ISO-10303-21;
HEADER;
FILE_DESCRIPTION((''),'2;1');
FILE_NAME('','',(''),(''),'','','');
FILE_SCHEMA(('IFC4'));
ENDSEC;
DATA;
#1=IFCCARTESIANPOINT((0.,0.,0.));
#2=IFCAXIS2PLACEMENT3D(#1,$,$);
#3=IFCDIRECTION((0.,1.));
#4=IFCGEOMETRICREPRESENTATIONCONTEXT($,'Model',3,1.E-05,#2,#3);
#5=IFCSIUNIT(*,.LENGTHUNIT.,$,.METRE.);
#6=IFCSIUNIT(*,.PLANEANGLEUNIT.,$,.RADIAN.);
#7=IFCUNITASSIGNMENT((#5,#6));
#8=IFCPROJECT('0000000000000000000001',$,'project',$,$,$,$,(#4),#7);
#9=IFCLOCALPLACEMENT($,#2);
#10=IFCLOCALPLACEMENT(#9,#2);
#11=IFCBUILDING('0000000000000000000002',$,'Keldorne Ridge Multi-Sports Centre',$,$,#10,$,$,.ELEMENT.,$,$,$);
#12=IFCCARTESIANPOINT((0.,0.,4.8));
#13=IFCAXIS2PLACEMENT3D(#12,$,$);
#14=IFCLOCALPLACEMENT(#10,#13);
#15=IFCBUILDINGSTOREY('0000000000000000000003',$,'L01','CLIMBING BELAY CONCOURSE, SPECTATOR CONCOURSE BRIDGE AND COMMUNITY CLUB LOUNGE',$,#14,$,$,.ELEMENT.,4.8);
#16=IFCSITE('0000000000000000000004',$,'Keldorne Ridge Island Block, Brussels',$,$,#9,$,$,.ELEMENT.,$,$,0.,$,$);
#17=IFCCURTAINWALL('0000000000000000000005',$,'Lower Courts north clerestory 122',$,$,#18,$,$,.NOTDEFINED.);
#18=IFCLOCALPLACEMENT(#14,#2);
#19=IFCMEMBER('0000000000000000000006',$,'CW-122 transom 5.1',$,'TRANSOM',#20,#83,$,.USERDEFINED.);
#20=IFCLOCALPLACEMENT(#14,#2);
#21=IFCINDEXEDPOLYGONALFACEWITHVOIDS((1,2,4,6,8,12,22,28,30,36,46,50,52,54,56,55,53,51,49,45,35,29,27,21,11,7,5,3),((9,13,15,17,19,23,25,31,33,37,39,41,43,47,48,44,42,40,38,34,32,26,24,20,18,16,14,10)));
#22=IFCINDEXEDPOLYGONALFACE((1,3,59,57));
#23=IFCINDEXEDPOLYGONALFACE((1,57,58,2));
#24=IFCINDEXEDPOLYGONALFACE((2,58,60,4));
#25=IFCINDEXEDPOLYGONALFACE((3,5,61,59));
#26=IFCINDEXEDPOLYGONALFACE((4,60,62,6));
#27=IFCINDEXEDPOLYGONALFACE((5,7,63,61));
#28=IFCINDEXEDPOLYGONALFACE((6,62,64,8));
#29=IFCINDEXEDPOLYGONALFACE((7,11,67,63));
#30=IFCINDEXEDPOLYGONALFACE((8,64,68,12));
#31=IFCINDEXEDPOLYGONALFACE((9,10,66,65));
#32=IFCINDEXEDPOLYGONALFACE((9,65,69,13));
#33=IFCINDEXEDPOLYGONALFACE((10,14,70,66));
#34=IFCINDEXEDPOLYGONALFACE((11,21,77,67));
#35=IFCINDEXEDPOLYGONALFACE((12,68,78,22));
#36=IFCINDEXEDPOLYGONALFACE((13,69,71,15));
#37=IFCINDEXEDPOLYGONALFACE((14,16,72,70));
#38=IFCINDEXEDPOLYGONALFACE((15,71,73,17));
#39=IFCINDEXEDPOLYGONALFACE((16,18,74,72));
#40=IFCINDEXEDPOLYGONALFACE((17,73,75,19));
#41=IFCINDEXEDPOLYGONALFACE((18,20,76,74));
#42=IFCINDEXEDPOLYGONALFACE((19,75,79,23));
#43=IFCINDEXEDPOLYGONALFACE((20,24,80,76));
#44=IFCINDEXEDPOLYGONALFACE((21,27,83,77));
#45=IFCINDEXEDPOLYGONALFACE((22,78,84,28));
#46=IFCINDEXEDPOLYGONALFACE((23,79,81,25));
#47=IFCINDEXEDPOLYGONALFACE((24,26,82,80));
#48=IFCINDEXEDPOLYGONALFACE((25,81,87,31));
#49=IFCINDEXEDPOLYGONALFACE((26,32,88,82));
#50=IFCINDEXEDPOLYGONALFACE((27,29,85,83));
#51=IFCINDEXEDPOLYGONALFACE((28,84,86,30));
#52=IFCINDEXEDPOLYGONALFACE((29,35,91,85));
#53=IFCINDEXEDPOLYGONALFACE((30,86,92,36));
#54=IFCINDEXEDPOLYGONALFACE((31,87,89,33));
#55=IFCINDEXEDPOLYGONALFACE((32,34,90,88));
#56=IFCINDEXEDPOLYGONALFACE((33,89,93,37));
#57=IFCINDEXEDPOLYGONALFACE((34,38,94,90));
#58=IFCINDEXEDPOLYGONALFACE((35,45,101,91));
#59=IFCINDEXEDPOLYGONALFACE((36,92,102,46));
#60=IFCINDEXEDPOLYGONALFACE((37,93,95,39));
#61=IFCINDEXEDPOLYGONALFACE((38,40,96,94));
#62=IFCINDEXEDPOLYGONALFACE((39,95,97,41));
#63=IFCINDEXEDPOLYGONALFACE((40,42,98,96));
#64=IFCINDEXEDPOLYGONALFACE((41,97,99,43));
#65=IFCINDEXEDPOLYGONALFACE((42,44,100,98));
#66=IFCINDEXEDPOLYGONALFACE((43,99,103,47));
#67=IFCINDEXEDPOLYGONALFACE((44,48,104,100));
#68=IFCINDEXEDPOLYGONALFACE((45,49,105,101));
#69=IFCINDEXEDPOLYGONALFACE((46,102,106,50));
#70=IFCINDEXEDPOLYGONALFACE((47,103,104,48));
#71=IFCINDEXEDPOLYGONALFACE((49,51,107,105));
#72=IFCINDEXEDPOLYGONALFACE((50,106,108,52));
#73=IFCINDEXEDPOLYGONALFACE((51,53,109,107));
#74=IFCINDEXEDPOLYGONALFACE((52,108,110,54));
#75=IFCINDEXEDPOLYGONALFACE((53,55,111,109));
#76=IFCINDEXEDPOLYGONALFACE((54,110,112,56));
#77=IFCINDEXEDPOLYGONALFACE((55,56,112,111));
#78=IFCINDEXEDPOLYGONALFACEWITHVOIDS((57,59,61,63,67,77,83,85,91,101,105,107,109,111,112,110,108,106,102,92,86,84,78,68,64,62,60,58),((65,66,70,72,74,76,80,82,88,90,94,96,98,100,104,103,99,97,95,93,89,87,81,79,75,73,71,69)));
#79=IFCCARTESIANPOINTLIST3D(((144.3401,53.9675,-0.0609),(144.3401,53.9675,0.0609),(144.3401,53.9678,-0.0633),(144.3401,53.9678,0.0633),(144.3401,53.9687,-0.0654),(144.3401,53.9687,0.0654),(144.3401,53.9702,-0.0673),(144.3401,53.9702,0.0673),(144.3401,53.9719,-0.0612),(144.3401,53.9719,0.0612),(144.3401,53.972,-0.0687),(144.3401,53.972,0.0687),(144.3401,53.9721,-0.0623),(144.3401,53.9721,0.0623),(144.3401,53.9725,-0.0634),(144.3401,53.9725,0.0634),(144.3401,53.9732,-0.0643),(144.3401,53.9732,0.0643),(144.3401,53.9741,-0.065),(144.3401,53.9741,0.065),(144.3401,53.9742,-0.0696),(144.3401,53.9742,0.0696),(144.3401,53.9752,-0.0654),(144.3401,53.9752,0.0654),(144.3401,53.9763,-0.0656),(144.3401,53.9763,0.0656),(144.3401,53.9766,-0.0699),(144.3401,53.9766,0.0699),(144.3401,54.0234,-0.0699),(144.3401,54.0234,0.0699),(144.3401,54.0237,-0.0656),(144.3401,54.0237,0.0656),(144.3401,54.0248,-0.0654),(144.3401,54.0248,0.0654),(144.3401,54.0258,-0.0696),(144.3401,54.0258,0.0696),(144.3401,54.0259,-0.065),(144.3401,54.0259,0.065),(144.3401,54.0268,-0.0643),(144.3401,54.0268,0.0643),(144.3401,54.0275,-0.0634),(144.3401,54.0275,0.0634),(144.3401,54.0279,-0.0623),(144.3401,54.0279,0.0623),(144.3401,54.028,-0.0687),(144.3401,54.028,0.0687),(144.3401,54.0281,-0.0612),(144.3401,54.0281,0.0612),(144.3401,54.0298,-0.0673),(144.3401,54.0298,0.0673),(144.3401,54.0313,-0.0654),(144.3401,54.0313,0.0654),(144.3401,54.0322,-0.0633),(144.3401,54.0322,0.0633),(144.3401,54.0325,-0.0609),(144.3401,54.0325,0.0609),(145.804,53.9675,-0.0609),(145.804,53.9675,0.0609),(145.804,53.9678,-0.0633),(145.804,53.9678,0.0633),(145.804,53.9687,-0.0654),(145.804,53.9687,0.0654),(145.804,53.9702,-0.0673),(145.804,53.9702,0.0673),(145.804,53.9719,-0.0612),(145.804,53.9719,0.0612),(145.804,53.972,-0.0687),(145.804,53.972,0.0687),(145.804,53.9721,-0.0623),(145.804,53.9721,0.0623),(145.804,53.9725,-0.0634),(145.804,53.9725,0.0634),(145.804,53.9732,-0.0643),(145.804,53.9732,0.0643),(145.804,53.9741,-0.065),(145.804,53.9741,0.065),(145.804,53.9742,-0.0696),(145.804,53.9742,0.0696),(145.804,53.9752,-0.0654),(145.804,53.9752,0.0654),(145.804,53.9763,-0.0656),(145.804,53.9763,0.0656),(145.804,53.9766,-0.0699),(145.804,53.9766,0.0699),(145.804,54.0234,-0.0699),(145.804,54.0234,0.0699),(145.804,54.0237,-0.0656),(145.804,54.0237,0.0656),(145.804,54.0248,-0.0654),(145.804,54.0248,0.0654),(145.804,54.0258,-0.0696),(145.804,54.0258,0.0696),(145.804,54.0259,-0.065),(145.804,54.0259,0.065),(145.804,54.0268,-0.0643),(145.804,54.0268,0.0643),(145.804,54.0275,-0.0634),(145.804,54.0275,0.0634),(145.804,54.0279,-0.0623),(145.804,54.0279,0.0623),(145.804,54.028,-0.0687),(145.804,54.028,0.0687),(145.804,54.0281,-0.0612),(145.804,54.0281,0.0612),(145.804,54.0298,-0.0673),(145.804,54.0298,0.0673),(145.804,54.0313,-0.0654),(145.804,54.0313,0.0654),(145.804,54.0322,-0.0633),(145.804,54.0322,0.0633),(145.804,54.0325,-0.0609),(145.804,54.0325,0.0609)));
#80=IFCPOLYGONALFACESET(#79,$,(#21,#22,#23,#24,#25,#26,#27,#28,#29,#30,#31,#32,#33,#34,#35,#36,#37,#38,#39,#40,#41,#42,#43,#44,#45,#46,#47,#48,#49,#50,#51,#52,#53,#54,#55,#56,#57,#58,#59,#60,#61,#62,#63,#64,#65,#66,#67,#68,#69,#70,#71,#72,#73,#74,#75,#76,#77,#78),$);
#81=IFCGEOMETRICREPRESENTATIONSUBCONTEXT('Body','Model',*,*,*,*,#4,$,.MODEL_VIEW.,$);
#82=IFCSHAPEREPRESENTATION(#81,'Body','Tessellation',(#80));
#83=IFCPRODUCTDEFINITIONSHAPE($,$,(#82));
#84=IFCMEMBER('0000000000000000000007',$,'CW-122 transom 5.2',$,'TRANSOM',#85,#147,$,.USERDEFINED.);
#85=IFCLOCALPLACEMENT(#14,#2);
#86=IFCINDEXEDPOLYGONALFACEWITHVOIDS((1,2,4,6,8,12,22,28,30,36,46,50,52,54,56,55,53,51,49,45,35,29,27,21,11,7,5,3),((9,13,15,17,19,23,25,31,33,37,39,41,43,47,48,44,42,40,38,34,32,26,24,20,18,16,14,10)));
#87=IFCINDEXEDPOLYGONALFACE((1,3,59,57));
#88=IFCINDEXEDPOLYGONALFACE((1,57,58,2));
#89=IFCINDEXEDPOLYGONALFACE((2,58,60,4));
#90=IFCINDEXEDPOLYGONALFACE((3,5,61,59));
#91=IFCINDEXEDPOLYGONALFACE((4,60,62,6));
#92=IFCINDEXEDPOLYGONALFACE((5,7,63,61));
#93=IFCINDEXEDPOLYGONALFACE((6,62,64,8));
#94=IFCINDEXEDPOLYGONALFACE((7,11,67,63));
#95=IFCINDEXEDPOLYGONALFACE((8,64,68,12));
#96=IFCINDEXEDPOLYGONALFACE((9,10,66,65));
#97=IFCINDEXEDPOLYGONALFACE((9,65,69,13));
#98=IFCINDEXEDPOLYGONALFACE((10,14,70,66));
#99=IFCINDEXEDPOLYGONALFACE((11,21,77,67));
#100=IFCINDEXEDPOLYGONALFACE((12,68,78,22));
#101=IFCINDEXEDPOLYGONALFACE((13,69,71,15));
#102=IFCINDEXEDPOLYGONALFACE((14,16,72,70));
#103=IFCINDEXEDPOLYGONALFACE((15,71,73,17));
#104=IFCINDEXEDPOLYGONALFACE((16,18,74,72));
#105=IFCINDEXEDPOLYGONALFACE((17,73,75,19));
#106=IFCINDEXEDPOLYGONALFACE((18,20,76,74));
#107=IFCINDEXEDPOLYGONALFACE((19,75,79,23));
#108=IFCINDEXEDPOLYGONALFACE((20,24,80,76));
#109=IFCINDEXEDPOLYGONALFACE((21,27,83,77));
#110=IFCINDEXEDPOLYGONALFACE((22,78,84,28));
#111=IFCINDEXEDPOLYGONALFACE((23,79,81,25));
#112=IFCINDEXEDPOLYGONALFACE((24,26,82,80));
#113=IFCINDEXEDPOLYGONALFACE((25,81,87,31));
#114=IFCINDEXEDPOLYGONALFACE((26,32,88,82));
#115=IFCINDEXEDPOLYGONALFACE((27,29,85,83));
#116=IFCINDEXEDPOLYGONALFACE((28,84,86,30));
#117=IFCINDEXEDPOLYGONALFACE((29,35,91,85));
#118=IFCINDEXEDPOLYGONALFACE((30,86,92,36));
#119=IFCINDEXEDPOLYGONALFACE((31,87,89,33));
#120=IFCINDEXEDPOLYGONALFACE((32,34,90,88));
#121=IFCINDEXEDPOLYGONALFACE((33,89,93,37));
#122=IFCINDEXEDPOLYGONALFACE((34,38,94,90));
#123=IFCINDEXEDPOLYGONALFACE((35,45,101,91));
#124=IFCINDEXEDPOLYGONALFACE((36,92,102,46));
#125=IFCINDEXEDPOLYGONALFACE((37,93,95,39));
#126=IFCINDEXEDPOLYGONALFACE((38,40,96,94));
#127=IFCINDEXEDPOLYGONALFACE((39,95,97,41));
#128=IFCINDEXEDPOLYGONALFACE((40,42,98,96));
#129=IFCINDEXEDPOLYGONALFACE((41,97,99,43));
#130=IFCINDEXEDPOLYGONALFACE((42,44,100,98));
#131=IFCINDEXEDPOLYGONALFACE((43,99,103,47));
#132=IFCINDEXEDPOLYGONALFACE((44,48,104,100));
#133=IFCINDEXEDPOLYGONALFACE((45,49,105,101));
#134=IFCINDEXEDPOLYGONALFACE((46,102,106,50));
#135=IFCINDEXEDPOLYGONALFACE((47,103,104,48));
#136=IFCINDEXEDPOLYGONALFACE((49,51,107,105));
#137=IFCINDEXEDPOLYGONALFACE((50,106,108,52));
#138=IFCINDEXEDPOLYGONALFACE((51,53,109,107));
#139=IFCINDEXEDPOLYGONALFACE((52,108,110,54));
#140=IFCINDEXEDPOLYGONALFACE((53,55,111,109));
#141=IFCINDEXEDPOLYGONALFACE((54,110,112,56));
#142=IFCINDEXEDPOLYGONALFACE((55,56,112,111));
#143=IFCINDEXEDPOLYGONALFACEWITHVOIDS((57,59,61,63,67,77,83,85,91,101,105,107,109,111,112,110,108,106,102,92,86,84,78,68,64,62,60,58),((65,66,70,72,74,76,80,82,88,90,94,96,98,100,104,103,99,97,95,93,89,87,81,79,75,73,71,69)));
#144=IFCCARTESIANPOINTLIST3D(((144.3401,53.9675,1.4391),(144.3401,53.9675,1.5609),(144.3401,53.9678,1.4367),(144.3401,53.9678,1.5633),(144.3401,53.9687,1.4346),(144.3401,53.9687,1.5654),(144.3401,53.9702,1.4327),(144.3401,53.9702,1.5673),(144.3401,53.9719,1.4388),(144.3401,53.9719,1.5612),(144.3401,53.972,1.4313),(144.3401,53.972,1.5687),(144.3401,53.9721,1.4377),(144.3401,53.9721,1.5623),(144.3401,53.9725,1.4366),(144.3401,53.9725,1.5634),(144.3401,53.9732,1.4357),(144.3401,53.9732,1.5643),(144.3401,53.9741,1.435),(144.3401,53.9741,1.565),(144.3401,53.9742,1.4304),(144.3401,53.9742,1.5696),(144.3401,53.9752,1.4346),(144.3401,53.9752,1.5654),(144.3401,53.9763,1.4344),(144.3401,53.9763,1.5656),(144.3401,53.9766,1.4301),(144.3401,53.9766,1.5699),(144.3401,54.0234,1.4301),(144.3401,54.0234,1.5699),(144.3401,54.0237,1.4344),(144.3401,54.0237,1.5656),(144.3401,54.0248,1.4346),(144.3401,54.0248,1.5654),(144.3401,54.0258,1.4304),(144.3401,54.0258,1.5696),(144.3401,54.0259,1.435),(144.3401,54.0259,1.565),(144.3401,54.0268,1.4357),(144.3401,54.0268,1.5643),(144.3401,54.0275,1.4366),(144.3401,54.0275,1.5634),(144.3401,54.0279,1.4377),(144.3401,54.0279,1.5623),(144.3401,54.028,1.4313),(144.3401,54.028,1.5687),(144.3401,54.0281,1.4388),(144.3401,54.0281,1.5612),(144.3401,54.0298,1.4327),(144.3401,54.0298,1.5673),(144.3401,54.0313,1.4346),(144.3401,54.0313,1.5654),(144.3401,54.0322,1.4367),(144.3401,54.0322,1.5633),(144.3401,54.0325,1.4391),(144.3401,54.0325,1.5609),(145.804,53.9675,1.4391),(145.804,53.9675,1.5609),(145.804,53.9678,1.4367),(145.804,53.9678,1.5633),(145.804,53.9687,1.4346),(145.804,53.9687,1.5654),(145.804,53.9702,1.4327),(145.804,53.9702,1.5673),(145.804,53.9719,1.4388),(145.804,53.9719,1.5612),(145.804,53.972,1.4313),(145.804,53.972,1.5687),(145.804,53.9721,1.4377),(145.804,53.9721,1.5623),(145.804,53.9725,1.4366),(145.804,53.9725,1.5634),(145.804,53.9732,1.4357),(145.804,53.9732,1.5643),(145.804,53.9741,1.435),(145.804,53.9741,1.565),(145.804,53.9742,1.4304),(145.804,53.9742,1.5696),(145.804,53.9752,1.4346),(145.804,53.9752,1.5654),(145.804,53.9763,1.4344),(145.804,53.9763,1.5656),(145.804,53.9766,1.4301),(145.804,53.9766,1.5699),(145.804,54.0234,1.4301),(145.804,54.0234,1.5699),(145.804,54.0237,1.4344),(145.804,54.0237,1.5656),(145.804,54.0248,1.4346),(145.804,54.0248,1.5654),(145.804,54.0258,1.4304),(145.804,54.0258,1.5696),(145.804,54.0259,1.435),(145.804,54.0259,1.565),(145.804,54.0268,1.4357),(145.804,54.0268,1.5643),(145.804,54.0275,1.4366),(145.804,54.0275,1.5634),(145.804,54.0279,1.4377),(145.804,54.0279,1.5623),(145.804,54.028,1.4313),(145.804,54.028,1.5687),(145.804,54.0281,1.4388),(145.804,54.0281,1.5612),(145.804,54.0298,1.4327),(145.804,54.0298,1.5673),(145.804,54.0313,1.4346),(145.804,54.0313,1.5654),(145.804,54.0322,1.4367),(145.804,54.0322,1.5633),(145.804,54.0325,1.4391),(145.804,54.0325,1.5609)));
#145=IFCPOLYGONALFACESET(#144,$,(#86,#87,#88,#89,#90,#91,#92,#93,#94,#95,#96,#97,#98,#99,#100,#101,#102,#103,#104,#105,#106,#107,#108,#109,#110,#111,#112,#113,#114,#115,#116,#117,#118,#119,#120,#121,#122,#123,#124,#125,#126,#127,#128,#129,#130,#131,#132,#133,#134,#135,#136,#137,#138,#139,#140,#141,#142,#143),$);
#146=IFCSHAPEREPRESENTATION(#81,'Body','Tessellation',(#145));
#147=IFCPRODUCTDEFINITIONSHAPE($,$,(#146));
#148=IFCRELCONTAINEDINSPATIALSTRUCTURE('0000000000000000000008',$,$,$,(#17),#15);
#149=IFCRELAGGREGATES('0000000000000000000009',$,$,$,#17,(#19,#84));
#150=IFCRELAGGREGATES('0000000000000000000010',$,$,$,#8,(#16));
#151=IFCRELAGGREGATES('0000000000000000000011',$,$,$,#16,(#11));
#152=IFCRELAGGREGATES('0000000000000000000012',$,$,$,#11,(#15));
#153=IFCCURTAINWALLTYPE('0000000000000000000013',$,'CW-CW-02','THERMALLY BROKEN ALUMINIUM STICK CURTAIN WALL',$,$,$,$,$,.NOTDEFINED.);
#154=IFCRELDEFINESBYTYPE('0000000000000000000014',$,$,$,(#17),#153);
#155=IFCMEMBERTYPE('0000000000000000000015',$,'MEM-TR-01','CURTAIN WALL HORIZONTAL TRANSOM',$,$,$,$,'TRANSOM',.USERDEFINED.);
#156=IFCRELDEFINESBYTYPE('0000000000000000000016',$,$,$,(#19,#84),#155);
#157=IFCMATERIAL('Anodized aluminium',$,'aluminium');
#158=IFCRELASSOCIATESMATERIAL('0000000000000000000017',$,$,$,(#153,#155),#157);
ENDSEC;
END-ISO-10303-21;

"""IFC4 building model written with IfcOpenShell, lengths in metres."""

from ifc_helpers import new_model, si_unit, direction, frame, origin, origin_2d, place, context, subcontext, project, spatial, hollow_rectangle, extrude, material, material_profile, profile_set, type_object, element, aggregate, save


model = new_model("IFC4")

# Units and contexts
model_context = context("Model", 3, precision=1e-05, world=origin(), true_north=direction((0.0, 1.0)))
body_context = subcontext(model_context, "Body", "Model", "MODEL_VIEW")
ifc_project = project(units=[si_unit("LENGTHUNIT", "METRE"), si_unit("PLANEANGLEUNIT", "RADIAN")], contexts=[model_context])

# Site, building, storey
site_placement = place(None, origin())
site = spatial("IfcSite", under=ifc_project, at=site_placement, Name="Keldorne Ridge Island Block, Brussels", CompositionType="ELEMENT", RefElevation=0.0)
building_placement = place(site_placement, origin())
building = spatial("IfcBuilding", under=site, at=building_placement, Name="Keldorne Ridge Multi-Sports Centre", CompositionType="ELEMENT")
storey_placement = place(building_placement, frame((0.0, 0.0, 4.8)))
storey = spatial("IfcBuildingStorey", under=building, at=storey_placement, Name="L01", Description="CLIMBING BELAY CONCOURSE, SPECTATOR CONCOURSE BRIDGE AND COMMUNITY CLUB LOUNGE", CompositionType="ELEMENT", Elevation=4.8)

# Curtain wall, members
ifc_material_1 = material(Name="Anodized aluminium", Category="aluminium")
curtain_wall_type = type_object("IfcCurtainWallType", Name="CW-CW-02", Description="THERMALLY BROKEN ALUMINIUM STICK CURTAIN WALL", PredefinedType="NOTDEFINED", material=ifc_material_1)
curtain_wall_placement = place(storey_placement, origin())
curtain_wall = element("IfcCurtainWall", 1, at=curtain_wall_placement, inside=storey, type_object=curtain_wall_type, Name="Lower Courts north clerestory 122", PredefinedType="NOTDEFINED")
ifc_material_profile_1 = material_profile(ifc_material_1, hollow_rectangle(XDim=0.0649, YDim=0.1399, WallThickness=0.0044, InnerFilletRadius=0.0044, OuterFilletRadius=0.009, at=origin_2d()), Name="ALU TRANSOM 140x65x4.5")
ifc_profile_set_1 = profile_set([ifc_material_profile_1], Name="Anodized aluminium")
member_type_1 = type_object("IfcMemberType", Name="MEM-TR-01", Description="CURTAIN WALL HORIZONTAL TRANSOM", ElementType="TRANSOM", PredefinedType="USERDEFINED", material=ifc_profile_set_1)
member_1_placement = place(storey_placement, frame((145.804, 54.0, 0.0), z_axis=(-1.0, 0.0, 0.0), x_axis=(0.0, -1.0, 0.0)))
member_1 = element("IfcMember", 2, at=member_1_placement, type_object=member_type_1, Name="CW-122 transom 5.1", ObjectType="TRANSOM", PredefinedType="USERDEFINED", context=body_context, shape_type="SweptSolid", body=[
    extrude(hollow_rectangle(XDim=0.0649, YDim=0.1399, WallThickness=0.0044, InnerFilletRadius=0.0044, OuterFilletRadius=0.009, at=origin_2d()), origin(), (0.0, 0.0, 1.0), 1.4639),
])
member_2_placement = place(storey_placement, frame((145.804, 54.0, 1.5), z_axis=(-1.0, 0.0, 0.0), x_axis=(0.0, -1.0, 0.0)))
member_2 = element("IfcMember", 3, at=member_2_placement, type_object=member_type_1, Name="CW-122 transom 5.2", ObjectType="TRANSOM", PredefinedType="USERDEFINED", context=body_context, shape_type="SweptSolid", body=[
    extrude(hollow_rectangle(XDim=0.0649, YDim=0.1399, WallThickness=0.0044, InnerFilletRadius=0.0044, OuterFilletRadius=0.009, at=origin_2d()), origin(), (0.0, 0.0, 1.0), 1.4639),
])
aggregate(curtain_wall, [member_1, member_2])

save(model, "model.ifc")
